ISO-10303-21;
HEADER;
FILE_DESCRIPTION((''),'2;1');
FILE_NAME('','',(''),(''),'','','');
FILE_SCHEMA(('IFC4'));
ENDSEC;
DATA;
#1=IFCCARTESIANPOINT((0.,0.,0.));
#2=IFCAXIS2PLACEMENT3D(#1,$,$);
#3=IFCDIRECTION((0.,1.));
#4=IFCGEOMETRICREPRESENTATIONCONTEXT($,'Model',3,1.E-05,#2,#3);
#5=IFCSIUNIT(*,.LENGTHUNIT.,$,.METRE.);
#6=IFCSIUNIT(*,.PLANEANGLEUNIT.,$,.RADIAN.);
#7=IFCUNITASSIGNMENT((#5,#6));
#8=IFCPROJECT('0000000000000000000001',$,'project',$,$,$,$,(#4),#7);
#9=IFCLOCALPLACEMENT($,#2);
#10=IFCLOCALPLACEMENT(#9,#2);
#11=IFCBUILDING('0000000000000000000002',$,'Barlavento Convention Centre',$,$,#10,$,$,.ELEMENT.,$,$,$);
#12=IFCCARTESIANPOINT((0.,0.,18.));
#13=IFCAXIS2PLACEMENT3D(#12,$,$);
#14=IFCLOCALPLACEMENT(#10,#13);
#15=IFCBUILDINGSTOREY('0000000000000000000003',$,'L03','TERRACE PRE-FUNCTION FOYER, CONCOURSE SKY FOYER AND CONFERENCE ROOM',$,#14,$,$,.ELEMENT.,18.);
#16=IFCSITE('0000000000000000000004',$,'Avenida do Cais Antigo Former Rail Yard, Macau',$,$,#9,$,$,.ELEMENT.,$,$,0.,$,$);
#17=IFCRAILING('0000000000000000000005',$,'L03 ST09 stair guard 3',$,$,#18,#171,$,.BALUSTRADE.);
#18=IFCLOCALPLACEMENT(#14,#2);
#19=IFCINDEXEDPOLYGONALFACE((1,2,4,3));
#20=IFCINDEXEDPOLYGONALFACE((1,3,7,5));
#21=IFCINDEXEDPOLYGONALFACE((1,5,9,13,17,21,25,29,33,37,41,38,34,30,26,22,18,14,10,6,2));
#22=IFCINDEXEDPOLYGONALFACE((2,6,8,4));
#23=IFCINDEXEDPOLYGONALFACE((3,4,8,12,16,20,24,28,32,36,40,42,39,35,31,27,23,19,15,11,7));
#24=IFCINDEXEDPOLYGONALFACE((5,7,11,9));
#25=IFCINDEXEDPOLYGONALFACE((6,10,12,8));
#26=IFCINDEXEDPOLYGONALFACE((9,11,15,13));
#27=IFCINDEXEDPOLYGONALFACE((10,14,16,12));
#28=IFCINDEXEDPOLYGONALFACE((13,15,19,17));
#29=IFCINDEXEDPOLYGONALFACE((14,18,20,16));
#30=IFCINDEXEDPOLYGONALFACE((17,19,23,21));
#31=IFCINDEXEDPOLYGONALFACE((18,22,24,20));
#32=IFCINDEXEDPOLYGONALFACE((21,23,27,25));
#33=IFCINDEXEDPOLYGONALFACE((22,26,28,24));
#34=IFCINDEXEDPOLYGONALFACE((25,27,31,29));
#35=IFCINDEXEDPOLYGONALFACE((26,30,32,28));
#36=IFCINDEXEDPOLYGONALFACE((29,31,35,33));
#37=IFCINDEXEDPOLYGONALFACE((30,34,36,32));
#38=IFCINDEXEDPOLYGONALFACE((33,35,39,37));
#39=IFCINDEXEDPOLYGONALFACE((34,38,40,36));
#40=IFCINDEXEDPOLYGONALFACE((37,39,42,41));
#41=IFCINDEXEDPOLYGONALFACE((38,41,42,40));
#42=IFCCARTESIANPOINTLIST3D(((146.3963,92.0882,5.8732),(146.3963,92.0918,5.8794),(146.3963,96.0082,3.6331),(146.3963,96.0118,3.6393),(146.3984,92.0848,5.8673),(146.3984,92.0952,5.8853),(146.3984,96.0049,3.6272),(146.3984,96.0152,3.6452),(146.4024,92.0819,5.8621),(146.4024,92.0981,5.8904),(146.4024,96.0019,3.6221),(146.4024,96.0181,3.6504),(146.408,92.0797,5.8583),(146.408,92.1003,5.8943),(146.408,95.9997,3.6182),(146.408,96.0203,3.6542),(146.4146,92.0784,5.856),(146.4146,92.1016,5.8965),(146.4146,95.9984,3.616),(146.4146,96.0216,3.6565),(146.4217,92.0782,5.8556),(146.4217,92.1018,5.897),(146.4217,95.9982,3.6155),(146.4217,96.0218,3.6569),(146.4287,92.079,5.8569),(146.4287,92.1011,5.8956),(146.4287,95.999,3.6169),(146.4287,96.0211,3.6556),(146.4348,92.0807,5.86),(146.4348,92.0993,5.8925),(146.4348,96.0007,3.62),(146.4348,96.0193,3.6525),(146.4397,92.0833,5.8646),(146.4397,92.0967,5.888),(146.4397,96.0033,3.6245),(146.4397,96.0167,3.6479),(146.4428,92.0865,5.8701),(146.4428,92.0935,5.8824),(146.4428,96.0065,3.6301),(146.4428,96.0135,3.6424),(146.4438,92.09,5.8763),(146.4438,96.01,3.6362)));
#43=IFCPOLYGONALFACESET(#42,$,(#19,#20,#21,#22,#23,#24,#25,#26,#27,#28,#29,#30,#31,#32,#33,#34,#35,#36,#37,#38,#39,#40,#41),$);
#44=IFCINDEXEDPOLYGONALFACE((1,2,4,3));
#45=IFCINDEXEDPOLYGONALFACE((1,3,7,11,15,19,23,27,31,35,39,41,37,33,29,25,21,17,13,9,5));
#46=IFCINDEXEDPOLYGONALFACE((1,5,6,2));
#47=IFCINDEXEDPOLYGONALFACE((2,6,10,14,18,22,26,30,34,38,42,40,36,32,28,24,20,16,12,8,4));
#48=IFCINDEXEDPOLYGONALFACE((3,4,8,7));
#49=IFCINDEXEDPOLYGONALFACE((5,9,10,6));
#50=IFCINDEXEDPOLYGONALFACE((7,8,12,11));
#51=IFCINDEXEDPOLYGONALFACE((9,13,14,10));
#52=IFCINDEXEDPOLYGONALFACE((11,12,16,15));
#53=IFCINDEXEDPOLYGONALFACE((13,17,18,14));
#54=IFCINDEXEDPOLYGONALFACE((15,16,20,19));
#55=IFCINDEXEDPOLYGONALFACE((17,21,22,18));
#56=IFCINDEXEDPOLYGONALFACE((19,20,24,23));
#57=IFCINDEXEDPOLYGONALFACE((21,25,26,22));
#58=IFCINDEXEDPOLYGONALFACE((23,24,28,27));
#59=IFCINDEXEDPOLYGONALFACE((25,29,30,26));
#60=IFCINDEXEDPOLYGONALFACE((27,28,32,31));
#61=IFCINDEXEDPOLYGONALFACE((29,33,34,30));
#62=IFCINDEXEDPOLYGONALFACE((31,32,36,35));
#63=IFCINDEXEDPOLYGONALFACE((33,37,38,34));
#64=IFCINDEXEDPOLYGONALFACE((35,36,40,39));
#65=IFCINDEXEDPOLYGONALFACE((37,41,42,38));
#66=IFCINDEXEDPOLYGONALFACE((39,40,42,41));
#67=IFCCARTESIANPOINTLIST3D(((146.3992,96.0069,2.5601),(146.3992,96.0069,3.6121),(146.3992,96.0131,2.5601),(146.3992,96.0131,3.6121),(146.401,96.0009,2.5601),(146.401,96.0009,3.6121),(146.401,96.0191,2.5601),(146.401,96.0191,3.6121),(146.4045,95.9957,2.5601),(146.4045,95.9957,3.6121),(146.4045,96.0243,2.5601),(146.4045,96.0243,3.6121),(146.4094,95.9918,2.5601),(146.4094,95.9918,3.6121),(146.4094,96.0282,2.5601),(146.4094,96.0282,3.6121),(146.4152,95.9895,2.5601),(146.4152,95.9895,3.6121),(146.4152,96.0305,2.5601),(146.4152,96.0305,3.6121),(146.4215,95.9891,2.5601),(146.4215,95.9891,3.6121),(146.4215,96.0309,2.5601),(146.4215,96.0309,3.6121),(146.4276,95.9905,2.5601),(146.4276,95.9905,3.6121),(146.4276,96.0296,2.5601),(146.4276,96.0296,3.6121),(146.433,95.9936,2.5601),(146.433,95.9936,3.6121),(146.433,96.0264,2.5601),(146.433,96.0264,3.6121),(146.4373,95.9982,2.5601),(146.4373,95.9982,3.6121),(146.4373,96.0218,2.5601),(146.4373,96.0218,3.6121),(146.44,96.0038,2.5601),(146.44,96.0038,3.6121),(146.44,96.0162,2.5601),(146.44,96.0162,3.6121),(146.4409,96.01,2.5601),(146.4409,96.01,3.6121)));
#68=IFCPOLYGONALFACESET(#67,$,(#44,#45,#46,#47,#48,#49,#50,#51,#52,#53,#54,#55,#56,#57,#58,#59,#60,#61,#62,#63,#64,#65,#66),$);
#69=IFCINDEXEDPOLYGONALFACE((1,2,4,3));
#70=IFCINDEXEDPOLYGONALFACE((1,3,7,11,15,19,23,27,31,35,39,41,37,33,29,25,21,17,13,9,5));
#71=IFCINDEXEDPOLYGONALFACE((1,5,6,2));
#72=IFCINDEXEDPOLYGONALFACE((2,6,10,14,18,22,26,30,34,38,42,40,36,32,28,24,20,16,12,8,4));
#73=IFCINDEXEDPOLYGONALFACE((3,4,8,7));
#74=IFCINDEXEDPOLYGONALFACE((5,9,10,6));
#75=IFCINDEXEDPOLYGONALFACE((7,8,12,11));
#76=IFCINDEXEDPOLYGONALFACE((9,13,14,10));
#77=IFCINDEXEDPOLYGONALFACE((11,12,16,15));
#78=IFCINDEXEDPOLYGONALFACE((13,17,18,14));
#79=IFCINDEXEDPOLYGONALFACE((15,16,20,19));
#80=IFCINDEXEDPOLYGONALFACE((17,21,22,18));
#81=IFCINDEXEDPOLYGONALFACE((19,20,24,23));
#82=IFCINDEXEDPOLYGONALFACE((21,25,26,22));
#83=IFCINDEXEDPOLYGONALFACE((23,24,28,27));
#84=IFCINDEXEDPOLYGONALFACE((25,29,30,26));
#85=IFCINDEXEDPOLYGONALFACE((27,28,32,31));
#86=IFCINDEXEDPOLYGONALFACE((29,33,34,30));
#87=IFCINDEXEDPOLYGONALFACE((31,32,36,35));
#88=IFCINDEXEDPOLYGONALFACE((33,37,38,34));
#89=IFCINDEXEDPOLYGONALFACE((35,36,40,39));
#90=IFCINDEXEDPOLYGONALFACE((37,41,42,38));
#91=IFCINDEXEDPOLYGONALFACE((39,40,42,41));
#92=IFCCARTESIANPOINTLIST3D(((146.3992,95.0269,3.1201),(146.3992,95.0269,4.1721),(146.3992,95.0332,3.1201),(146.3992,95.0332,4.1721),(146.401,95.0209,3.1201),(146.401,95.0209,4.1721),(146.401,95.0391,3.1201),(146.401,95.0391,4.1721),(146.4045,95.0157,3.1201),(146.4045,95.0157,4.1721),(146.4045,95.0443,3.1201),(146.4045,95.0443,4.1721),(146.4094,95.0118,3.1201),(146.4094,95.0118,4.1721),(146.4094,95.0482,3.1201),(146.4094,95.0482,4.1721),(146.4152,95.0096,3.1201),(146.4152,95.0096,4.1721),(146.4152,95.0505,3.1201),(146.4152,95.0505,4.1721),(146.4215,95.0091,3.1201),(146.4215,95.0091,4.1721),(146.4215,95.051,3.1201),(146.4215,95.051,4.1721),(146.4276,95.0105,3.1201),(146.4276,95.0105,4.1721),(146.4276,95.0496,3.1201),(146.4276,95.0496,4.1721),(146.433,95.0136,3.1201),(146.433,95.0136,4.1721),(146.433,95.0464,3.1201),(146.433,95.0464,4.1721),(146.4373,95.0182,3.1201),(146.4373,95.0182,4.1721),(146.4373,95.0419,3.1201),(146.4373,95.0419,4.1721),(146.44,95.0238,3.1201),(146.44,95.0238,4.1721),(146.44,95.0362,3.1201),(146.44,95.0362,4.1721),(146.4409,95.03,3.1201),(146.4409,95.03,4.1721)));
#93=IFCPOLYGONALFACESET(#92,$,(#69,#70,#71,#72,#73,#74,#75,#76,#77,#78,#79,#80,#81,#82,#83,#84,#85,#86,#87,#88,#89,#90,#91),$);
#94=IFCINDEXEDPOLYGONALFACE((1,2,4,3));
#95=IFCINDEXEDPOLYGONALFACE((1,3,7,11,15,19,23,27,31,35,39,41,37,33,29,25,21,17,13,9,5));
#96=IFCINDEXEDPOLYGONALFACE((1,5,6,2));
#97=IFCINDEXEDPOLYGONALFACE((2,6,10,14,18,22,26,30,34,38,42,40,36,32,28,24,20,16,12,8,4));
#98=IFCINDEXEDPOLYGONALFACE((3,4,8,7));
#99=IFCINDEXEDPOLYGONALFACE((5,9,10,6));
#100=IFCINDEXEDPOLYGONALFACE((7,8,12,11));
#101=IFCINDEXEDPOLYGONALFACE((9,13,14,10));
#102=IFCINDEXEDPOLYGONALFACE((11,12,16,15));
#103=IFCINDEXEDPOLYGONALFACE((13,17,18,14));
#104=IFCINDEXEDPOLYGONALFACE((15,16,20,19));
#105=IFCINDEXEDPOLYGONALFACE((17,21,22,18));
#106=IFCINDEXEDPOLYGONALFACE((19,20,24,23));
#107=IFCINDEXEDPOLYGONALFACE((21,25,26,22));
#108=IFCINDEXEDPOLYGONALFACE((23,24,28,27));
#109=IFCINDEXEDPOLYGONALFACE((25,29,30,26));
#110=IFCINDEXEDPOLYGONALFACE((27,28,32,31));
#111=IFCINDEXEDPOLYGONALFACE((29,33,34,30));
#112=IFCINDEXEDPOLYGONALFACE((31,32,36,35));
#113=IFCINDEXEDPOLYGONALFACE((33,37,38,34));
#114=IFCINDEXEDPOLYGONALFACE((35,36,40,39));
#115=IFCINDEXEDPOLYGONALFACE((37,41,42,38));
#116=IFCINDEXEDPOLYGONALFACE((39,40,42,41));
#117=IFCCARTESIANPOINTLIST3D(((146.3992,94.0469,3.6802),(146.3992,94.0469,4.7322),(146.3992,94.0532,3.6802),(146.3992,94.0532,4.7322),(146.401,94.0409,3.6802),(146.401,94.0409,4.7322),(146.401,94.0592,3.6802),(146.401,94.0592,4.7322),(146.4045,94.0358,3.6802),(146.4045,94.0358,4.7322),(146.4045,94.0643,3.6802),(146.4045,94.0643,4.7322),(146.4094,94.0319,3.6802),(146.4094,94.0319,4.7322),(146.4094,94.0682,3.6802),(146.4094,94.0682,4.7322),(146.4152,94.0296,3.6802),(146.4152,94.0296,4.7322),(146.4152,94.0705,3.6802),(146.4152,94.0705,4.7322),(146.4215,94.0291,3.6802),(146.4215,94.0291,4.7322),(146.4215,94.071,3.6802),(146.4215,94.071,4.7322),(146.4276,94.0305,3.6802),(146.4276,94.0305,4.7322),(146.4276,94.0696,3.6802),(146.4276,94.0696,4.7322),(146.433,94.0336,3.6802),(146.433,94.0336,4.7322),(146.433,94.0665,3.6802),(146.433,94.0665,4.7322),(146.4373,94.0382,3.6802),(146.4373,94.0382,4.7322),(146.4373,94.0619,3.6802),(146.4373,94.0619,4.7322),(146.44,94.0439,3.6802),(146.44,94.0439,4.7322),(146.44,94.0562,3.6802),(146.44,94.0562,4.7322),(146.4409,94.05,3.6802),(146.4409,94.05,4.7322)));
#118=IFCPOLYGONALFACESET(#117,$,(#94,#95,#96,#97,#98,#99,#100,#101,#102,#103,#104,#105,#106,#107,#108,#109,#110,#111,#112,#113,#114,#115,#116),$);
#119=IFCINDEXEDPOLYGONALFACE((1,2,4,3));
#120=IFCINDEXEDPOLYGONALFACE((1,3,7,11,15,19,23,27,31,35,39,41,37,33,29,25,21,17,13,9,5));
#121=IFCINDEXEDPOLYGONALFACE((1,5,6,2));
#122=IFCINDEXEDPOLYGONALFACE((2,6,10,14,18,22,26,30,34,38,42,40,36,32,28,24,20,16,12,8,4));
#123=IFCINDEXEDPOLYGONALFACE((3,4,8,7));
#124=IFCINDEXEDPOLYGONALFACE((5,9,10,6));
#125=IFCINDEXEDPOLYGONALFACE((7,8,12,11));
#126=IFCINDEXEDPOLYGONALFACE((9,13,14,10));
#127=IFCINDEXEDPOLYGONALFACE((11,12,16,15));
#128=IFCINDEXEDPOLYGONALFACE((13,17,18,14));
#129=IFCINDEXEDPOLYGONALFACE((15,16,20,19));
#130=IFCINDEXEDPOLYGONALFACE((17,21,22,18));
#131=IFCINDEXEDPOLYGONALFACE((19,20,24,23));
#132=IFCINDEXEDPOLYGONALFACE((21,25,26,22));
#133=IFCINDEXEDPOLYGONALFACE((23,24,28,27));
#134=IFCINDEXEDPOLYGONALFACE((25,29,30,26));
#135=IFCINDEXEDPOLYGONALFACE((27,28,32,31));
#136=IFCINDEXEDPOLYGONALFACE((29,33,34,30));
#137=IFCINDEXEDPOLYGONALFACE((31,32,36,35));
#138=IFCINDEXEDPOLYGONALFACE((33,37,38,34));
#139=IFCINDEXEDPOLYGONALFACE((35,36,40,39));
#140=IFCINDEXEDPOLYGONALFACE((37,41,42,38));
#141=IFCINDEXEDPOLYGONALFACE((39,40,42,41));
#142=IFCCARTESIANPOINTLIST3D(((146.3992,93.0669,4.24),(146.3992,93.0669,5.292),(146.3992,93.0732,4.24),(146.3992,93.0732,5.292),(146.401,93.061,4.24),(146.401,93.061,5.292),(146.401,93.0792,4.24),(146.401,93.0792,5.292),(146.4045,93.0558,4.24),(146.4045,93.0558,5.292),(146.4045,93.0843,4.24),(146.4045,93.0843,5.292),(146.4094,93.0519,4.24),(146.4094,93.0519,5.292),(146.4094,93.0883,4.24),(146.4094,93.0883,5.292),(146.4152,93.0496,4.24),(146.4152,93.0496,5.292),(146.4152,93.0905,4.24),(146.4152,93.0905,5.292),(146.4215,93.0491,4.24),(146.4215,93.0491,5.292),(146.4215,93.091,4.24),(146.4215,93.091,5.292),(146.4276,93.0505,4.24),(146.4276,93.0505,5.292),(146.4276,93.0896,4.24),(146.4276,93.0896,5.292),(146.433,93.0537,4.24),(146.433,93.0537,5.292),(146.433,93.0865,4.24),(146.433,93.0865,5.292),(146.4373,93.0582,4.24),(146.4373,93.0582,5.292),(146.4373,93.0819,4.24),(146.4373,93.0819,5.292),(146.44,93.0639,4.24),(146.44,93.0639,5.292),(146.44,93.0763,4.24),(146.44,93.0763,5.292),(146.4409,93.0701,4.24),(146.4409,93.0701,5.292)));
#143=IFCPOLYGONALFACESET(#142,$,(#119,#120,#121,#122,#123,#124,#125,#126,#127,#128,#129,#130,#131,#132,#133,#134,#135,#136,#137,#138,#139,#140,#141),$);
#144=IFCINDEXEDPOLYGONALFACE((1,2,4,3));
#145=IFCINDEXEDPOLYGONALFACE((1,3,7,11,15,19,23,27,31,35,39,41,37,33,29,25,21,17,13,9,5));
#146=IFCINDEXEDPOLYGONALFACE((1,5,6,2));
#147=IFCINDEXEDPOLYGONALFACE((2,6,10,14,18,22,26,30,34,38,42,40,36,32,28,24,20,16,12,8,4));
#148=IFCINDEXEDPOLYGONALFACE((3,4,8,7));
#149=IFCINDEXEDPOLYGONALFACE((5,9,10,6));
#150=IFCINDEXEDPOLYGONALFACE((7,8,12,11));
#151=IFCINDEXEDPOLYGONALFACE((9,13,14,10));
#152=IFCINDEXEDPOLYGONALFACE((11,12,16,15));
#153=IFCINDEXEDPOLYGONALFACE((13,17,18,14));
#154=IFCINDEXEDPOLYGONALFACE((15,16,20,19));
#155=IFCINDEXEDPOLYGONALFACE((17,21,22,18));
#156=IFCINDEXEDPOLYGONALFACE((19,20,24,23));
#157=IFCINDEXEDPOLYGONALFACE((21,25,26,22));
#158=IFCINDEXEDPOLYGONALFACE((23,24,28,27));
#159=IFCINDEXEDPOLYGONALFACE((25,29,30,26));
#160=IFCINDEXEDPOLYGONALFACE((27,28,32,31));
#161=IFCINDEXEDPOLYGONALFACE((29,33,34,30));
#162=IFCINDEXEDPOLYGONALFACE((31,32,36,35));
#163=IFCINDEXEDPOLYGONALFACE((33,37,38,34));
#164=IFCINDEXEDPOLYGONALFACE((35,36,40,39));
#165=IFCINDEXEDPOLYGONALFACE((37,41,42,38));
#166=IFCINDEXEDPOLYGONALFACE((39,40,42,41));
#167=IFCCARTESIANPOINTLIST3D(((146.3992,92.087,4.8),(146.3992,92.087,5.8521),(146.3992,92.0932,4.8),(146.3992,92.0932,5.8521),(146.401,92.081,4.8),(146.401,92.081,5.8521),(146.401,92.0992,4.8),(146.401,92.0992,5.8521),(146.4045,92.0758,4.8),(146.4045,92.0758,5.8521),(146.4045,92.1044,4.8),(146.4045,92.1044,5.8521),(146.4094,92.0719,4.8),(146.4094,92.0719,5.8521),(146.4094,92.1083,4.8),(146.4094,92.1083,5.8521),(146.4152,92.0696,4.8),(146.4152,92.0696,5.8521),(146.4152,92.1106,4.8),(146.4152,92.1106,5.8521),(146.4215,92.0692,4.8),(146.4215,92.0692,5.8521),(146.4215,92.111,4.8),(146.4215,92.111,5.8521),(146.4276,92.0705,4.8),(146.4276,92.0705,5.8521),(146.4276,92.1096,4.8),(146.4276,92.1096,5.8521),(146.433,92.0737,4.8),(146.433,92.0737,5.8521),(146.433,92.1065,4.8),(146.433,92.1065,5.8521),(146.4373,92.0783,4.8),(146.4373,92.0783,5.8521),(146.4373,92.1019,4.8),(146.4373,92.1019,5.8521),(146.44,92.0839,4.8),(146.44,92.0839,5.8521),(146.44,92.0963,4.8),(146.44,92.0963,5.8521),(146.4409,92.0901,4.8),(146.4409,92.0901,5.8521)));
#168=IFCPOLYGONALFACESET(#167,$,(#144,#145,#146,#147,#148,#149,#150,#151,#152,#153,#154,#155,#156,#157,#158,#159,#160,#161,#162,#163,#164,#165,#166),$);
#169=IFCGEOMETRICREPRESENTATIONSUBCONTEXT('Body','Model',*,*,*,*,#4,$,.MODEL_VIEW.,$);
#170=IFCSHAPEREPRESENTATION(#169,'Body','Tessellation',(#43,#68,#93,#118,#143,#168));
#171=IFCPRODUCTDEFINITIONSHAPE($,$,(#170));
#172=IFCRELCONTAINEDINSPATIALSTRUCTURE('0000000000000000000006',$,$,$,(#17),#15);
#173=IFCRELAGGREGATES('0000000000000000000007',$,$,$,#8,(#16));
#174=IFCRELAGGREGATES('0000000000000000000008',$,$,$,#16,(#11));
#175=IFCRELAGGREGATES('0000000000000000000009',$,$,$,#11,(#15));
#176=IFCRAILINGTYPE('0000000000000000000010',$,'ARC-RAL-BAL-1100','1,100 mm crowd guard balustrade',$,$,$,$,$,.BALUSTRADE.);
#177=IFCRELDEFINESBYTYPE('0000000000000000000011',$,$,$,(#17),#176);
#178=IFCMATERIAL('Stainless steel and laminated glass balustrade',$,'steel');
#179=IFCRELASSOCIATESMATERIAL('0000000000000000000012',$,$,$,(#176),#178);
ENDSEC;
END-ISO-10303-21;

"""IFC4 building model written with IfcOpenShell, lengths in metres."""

from ifc_helpers import new_model, si_unit, direction, frame, origin, origin_2d, place, context, subcontext, project, spatial, circle, extrude, material, type_object, element, save


model = new_model("IFC4")

# Units and contexts
model_context = context("Model", 3, precision=1e-05, world=origin(), true_north=direction((0.0, 1.0)))
body_context = subcontext(model_context, "Body", "Model", "MODEL_VIEW")
ifc_project = project(units=[si_unit("LENGTHUNIT", "METRE"), si_unit("PLANEANGLEUNIT", "RADIAN")], contexts=[model_context])

# Site, building, storey
site_placement = place(None, origin())
site = spatial("IfcSite", under=ifc_project, at=site_placement, Name="Avenida do Cais Antigo Former Rail Yard, Macau", CompositionType="ELEMENT", RefElevation=0.0)
building_placement = place(site_placement, origin())
building = spatial("IfcBuilding", under=site, at=building_placement, Name="Barlavento Convention Centre", CompositionType="ELEMENT")
storey_placement = place(building_placement, frame((0.0, 0.0, 18.0)))
storey = spatial("IfcBuildingStorey", under=building, at=storey_placement, Name="L03", Description="TERRACE PRE-FUNCTION FOYER, CONCOURSE SKY FOYER AND CONFERENCE ROOM", CompositionType="ELEMENT", Elevation=18.0)

# Railing
ifc_material_1 = material(Name="Stainless steel and laminated glass balustrade", Category="steel")
railing_type_1 = type_object("IfcRailingType", Name="ARC-RAL-BAL-1100", Description="1,100 mm crowd guard balustrade", PredefinedType="BALUSTRADE", material=ifc_material_1)
railing_1_placement = place(storey_placement, frame((146.4199, 96.01, 2.5601)))
element("IfcRailing", 1, at=railing_1_placement, inside=storey, type_object=railing_type_1, Name="L03 ST09 stair guard 3", PredefinedType="BALUSTRADE", context=body_context, shape_type="SweptSolid", body=[
    extrude(circle(Radius=0.0239, at=origin_2d()), frame((0.0, 0.0, 1.0762), z_axis=(0.0, -0.86824, 0.496145), x_axis=(1.0, 0.0, 0.0)), (0.0, 0.0, 1.0), 4.5149),
    extrude(circle(Radius=0.021, at=origin_2d()), origin(), (0.0, 0.0, 1.0), 1.052),
    extrude(circle(Radius=0.021, at=origin_2d()), frame((0.0, -0.98, 0.5601)), (0.0, 0.0, 1.0), 1.052),
    extrude(circle(Radius=0.021, at=origin_2d()), frame((0.0, -1.96, 1.1201)), (0.0, 0.0, 1.0), 1.052),
    extrude(circle(Radius=0.021, at=origin_2d()), frame((0.0, -2.9399, 1.6799)), (0.0, 0.0, 1.0), 1.052),
    extrude(circle(Radius=0.021, at=origin_2d()), frame((0.0, -3.9199, 2.24)), (0.0, 0.0, 1.0), 1.052),
])

save(model, "model.ifc")
